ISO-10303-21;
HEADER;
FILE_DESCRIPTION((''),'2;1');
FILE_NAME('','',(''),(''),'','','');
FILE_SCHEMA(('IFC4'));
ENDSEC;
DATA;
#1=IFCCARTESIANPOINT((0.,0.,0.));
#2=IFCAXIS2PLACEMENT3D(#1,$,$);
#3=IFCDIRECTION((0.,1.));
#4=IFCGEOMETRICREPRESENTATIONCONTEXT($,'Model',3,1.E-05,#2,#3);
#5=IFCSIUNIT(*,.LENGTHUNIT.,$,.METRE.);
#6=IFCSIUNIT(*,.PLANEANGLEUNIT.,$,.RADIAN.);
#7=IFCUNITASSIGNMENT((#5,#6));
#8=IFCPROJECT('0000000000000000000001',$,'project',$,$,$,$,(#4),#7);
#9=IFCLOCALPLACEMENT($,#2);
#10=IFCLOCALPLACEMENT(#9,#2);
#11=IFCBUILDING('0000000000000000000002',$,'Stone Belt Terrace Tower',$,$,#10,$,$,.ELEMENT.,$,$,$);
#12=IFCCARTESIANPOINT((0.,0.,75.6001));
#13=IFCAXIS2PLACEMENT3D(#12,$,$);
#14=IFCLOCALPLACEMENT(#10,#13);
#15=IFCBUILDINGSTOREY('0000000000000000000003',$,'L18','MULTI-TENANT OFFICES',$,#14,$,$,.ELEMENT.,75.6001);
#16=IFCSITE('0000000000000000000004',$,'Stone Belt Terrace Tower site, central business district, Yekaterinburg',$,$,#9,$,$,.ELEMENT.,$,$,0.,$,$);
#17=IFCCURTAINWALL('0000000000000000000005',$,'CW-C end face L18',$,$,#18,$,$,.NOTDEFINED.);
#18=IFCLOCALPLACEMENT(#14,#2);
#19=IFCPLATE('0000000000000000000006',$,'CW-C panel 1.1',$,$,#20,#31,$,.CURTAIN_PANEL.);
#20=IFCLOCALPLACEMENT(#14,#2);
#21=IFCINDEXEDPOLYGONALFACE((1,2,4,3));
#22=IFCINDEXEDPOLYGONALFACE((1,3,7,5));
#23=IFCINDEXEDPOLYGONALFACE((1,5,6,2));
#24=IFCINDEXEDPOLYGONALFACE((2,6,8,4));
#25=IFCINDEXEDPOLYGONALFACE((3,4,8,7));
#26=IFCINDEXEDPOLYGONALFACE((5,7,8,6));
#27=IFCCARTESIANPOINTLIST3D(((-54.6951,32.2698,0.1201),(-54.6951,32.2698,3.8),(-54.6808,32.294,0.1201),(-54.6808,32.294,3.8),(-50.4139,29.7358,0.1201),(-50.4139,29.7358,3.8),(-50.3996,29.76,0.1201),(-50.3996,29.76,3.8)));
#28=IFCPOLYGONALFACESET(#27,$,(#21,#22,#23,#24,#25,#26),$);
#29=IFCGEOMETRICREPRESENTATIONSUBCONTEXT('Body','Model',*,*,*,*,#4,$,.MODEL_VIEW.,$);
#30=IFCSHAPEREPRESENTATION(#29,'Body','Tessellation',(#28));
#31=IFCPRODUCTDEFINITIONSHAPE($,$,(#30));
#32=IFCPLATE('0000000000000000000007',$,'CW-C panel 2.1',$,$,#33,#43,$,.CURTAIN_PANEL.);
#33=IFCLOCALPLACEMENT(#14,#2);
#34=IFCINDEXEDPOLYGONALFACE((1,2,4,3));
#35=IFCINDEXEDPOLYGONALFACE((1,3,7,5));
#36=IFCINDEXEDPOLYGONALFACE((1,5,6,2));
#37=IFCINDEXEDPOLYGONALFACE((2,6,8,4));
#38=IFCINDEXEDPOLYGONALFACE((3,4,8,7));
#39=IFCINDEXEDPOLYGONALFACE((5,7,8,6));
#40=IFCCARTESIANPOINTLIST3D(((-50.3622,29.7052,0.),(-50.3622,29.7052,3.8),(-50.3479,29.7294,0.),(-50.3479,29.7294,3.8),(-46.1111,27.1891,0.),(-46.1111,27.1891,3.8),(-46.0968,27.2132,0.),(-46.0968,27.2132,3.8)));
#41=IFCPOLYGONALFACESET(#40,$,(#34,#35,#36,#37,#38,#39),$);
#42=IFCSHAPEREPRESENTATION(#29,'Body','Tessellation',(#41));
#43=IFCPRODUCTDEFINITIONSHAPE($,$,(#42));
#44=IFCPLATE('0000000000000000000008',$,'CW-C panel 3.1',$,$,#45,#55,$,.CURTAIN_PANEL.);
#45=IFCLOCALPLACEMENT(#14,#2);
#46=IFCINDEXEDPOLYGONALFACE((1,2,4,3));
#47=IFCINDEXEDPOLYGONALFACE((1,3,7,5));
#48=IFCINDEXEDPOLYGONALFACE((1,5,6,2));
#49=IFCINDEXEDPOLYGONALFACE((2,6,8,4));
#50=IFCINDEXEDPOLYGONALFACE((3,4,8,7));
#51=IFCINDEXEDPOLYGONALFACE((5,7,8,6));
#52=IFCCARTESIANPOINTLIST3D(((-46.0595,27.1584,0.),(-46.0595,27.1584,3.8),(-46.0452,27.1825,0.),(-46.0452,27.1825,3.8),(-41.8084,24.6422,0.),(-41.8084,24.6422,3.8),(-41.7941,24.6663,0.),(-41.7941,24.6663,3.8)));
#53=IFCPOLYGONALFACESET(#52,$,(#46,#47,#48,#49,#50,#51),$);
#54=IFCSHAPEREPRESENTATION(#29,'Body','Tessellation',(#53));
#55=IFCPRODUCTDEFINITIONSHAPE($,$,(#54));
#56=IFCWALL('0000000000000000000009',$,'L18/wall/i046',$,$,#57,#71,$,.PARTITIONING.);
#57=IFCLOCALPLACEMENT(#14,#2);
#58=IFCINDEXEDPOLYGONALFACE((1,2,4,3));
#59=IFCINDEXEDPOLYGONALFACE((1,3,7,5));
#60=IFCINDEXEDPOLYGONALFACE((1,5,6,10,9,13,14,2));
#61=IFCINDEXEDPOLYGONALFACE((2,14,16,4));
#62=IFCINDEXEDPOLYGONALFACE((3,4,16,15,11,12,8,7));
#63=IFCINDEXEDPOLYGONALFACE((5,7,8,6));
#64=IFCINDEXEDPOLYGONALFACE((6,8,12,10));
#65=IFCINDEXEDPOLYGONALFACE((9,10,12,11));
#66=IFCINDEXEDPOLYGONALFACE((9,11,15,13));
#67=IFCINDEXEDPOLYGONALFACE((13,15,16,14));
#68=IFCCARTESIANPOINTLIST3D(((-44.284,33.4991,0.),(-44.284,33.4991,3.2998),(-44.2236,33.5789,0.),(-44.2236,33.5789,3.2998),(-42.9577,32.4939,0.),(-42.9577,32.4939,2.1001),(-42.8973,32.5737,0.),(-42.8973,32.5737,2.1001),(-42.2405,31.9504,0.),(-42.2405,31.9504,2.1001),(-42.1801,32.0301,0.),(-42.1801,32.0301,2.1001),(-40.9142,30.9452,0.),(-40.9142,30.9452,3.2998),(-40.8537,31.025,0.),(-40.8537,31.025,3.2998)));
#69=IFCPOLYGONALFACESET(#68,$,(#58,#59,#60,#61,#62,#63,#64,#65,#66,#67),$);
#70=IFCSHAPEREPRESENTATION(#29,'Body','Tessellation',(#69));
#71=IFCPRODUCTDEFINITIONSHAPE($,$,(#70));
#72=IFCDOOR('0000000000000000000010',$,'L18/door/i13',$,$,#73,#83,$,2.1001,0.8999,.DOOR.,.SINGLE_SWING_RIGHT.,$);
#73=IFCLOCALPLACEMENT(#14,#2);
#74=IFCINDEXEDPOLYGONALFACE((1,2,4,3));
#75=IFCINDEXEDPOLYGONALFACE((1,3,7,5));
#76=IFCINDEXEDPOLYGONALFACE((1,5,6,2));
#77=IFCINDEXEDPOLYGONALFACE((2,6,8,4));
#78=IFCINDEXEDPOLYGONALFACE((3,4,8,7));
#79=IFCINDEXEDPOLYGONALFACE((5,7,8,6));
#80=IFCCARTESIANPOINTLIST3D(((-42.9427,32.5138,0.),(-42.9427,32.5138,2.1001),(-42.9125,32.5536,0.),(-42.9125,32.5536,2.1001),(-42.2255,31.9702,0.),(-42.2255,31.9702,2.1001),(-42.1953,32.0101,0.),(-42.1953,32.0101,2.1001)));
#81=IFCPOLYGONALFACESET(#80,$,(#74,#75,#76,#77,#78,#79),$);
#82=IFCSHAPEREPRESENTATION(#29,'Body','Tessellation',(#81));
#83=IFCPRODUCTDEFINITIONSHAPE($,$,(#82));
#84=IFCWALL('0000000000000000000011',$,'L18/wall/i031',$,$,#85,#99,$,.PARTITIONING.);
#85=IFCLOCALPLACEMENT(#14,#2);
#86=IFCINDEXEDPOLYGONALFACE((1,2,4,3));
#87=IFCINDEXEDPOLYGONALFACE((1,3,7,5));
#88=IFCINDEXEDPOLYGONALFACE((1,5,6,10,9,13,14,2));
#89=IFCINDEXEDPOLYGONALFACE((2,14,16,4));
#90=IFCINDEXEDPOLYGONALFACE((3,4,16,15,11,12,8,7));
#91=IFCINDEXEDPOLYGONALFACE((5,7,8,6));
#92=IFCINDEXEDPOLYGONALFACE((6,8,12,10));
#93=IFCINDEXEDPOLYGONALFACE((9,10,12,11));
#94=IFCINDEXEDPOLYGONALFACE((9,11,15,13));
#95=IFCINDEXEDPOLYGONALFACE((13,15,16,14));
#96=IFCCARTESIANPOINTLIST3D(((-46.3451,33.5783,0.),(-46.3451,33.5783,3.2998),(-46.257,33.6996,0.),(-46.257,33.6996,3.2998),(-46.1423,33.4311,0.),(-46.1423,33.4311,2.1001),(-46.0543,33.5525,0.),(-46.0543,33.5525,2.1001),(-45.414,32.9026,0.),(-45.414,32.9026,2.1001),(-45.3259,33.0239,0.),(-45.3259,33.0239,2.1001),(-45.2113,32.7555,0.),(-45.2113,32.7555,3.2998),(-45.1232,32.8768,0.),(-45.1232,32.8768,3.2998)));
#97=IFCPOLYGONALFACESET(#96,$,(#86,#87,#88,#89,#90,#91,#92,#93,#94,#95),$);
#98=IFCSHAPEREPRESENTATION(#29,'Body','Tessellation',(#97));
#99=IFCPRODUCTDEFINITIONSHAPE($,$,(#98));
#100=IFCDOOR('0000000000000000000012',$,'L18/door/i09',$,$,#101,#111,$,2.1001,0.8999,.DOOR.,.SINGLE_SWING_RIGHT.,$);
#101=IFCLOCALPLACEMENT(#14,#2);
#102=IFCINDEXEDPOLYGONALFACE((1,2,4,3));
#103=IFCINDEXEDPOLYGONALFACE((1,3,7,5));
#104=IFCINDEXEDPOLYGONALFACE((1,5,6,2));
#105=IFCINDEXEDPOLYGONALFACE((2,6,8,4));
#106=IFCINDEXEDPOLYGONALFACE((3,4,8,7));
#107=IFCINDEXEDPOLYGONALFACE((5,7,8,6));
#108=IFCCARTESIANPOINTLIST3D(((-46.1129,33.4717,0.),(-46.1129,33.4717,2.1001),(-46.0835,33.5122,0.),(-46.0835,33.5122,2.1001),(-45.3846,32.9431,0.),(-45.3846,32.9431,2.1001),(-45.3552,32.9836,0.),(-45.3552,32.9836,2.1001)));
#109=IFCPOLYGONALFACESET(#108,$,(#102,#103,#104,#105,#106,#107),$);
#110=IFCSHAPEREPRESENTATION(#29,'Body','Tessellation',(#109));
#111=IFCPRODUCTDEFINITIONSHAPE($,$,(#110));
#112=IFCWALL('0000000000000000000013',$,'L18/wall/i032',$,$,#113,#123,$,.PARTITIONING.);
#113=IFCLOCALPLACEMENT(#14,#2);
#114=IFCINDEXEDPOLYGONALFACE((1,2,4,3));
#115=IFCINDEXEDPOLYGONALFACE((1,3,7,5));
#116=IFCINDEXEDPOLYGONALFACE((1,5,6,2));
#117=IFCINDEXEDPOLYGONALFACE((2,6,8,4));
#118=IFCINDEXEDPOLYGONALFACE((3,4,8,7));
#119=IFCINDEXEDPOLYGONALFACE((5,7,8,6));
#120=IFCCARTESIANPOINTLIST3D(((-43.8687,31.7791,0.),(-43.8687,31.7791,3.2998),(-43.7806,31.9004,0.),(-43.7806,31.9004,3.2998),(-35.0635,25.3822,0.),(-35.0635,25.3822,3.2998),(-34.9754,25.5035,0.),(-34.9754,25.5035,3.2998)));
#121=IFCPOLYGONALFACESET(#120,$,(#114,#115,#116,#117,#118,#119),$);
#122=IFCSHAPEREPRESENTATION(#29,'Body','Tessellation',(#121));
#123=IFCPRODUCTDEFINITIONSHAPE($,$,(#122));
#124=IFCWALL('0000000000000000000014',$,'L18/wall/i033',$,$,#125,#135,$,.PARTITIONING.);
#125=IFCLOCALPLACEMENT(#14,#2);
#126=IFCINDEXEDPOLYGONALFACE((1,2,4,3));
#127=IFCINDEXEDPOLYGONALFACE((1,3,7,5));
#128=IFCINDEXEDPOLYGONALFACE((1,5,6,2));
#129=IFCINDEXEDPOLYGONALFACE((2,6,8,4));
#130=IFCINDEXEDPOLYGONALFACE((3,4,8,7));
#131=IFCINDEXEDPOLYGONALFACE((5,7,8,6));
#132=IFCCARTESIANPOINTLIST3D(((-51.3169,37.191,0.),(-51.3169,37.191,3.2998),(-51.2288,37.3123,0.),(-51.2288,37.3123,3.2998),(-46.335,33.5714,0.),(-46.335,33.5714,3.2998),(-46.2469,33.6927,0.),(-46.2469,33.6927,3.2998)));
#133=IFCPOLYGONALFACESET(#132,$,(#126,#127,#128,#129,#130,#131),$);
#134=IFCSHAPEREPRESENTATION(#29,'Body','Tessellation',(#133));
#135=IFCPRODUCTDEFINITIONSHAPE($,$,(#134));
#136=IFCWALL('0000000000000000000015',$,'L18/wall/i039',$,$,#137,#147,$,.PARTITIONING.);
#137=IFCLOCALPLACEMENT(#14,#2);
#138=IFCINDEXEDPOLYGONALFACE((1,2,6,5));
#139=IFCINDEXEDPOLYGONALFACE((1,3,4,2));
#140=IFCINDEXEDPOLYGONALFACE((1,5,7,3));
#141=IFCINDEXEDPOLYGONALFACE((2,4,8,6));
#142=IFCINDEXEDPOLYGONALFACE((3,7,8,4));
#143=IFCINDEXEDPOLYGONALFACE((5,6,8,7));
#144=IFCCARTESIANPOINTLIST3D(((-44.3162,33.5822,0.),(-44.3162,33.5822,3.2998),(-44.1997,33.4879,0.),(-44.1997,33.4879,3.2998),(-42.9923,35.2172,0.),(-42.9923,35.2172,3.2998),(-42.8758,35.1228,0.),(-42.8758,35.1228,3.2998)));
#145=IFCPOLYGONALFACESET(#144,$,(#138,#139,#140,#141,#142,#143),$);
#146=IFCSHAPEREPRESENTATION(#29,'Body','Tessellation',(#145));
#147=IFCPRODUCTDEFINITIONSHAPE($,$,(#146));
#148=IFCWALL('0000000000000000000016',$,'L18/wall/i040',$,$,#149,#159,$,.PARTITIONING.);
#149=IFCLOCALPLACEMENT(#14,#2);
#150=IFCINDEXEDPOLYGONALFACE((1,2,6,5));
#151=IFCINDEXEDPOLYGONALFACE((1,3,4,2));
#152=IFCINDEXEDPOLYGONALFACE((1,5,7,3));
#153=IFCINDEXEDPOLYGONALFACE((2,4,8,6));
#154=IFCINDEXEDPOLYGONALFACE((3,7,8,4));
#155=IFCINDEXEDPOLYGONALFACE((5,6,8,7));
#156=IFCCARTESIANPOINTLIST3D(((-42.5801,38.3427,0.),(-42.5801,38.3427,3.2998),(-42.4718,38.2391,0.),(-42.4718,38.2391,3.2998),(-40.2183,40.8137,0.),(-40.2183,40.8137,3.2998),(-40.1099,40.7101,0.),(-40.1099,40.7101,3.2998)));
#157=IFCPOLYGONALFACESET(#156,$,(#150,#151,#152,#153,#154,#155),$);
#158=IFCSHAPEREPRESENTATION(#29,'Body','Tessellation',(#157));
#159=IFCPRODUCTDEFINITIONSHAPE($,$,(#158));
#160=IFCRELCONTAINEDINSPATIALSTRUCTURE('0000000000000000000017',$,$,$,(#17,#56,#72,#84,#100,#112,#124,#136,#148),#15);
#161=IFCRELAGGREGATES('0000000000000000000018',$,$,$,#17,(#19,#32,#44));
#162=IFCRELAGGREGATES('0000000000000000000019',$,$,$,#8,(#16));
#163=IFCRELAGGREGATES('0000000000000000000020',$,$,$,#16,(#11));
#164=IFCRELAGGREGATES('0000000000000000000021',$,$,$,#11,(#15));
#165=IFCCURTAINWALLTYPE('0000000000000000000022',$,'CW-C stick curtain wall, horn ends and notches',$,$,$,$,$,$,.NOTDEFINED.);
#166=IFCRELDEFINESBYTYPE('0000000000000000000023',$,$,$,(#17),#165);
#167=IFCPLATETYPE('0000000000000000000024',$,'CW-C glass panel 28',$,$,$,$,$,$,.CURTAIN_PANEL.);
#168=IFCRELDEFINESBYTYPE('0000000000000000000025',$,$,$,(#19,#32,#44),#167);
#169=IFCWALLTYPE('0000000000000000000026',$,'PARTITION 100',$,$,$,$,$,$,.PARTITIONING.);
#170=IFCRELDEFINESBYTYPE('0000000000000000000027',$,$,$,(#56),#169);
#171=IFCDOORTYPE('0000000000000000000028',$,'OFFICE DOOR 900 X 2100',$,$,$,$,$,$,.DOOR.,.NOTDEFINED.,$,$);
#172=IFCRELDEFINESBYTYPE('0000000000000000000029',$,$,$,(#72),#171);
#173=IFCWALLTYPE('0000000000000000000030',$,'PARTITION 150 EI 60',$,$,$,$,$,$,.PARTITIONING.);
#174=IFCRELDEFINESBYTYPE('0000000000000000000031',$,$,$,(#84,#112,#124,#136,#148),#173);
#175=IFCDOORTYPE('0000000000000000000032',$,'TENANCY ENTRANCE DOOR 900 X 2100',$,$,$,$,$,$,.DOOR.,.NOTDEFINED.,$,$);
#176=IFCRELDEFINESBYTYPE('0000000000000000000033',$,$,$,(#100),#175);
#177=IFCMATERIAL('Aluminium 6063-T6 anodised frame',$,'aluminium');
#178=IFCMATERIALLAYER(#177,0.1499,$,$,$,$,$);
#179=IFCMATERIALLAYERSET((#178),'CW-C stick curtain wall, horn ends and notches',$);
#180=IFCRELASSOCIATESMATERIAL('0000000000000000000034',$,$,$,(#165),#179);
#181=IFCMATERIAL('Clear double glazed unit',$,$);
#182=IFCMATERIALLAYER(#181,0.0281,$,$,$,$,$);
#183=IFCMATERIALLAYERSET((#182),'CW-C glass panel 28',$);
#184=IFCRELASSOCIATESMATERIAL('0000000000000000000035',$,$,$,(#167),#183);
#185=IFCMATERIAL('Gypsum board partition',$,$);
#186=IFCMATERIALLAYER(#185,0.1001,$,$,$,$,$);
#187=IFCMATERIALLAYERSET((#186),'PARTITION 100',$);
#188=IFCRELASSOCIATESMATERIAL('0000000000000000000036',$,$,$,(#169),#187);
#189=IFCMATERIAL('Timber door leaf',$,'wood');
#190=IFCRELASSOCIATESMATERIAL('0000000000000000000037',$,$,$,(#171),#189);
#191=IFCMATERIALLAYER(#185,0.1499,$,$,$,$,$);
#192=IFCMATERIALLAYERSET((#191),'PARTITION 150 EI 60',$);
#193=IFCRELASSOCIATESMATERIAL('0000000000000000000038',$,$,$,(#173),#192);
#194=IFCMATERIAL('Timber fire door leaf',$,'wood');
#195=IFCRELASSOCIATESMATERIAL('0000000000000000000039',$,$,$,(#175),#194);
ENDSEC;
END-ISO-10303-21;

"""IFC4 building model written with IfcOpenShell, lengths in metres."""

from ifc_helpers import new_model, si_unit, direction, frame, frame_2d, origin, origin_2d, place, context, subcontext, project, spatial, rectangle, extrude, material, layer, layer_set, type_object, element, fill, aggregate, save


model = new_model("IFC4")

# Units and contexts
model_context = context("Model", 3, precision=1e-05, world=origin(), true_north=direction((0.0, 1.0)))
body_context = subcontext(model_context, "Body", "Model", "MODEL_VIEW")
ifc_project = project(units=[si_unit("LENGTHUNIT", "METRE"), si_unit("PLANEANGLEUNIT", "RADIAN")], contexts=[model_context])

# Site, building, storey
site_placement = place(None, origin())
site = spatial("IfcSite", under=ifc_project, at=site_placement, Name="Stone Belt Terrace Tower site, central business district, Yekaterinburg", CompositionType="ELEMENT", RefElevation=0.0)
building_placement = place(site_placement, origin())
building = spatial("IfcBuilding", under=site, at=building_placement, Name="Stone Belt Terrace Tower", CompositionType="ELEMENT")
storey_placement = place(building_placement, frame((0.0, 0.0, 75.6001)))
storey = spatial("IfcBuildingStorey", under=building, at=storey_placement, Name="L18", Description="MULTI-TENANT OFFICES", CompositionType="ELEMENT", Elevation=75.6001)

# Curtain wall
ifc_material_1 = material(Name="Aluminium 6063-T6 anodised frame", Category="aluminium")
ifc_layer_1 = layer(ifc_material_1, 0.1499)
ifc_layer_set_1 = layer_set([ifc_layer_1], Name="CW-C stick curtain wall, horn ends and notches")
curtain_wall_type = type_object("IfcCurtainWallType", Name="CW-C stick curtain wall, horn ends and notches", PredefinedType="NOTDEFINED", material=ifc_layer_set_1)
curtain_wall_1_placement = place(storey_placement, origin())
curtain_wall_1 = element("IfcCurtainWall", 1, at=curtain_wall_1_placement, inside=storey, type_object=curtain_wall_type, Name="CW-C end face L18", PredefinedType="NOTDEFINED")

# Shared definitions
ifc_material_2 = material(Name="Clear double glazed unit")
ifc_layer_2 = layer(ifc_material_2, 0.0281)
ifc_layer_set_2 = layer_set([ifc_layer_2], Name="CW-C glass panel 28")
plate_type = type_object("IfcPlateType", Name="CW-C glass panel 28", PredefinedType="CURTAIN_PANEL", material=ifc_layer_set_2)

# Plates
plate_1_placement = place(storey_placement, frame((-52.5474, 31.0149, 0.1201), z_axis=(0.0, 0.0, 1.0), x_axis=(0.860558, -0.509353, 0.0)))
plate_1 = element("IfcPlate", 2, at=plate_1_placement, type_object=plate_type, Name="CW-C panel 1.1", PredefinedType="CURTAIN_PANEL", context=body_context, shape_type="SweptSolid", body=[
    extrude(rectangle(XDim=4.9749, YDim=0.0281, at=origin_2d()), origin(), (0.0, 0.0, 1.0), 3.6799),
])
plate_2_placement = place(storey_placement, frame((-48.2295, 28.4592, 0.0), z_axis=(0.0, 0.0, 1.0), x_axis=(0.860558, -0.509353, 0.0)))
plate_2 = element("IfcPlate", 3, at=plate_2_placement, type_object=plate_type, Name="CW-C panel 2.1", PredefinedType="CURTAIN_PANEL", context=body_context, shape_type="SweptSolid", body=[
    extrude(rectangle(XDim=4.9399, YDim=0.0281, at=origin_2d()), origin(), (0.0, 0.0, 1.0), 3.8),
])
plate_3_placement = place(storey_placement, frame((-43.9268, 25.9124, 0.0), z_axis=(0.0, 0.0, 1.0), x_axis=(0.860558, -0.509353, 0.0)))
plate_3 = element("IfcPlate", 4, at=plate_3_placement, type_object=plate_type, Name="CW-C panel 3.1", PredefinedType="CURTAIN_PANEL", context=body_context, shape_type="SweptSolid", body=[
    extrude(rectangle(XDim=4.9399, YDim=0.0281, at=origin_2d()), origin(), (0.0, 0.0, 1.0), 3.8),
])
aggregate(curtain_wall_1, [plate_1, plate_2, plate_3])

# Walls, openings, doors
ifc_material_3 = material(Name="Gypsum board partition")
ifc_layer_3 = layer(ifc_material_3, 0.1001)
ifc_layer_set_3 = layer_set([ifc_layer_3], Name="PARTITION 100")
wall_type_1 = type_object("IfcWallType", Name="PARTITION 100", PredefinedType="PARTITIONING", material=ifc_layer_set_3)
wall_1_placement = place(storey_placement, frame((-44.2539, 33.5391, 0.0), z_axis=(0.0, 0.0, 1.0), x_axis=(0.796976, -0.604011, 0.0)))
wall_1 = element("IfcWall", 5, at=wall_1_placement, inside=storey, type_object=wall_type_1, Name="L18/wall/i046", PredefinedType="PARTITIONING", context=body_context, shape_type="SweptSolid", body=[
    extrude(rectangle(XDim=4.2283, YDim=0.1001, at=frame_2d((2.1143, 0.0))), origin(), (0.0, 0.0, 1.0), 3.2998),
])
opening_1_placement = place(wall_1_placement, frame((1.6643, 0.0, 0.0)))
opening_1 = element("IfcOpeningElement", 6, at=opening_1_placement, cuts=wall_1, PredefinedType="OPENING", context=body_context, shape_type="SweptSolid", body=[
    extrude(rectangle(XDim=0.8999, YDim=2.1001, at=frame_2d((0.45, 1.05))), frame((0.0, 0.0601, 0.0), z_axis=(0.0, -1.0, 0.0), x_axis=(1.0, 0.0, 0.0)), (0.0, 0.0, 1.0), 0.1201),
])
ifc_material_4 = material(Name="Timber door leaf", Category="wood")
door_type_1 = type_object("IfcDoorType", Name="OFFICE DOOR 900 X 2100", OperationType="NOTDEFINED", PredefinedType="DOOR", material=ifc_material_4)
door_1_placement = place(opening_1_placement, origin())
door_1 = element("IfcDoor", 7, at=door_1_placement, inside=storey, type_object=door_type_1, Name="L18/door/i13", OperationType="SINGLE_SWING_RIGHT", OverallHeight=2.1001, OverallWidth=0.8999, PredefinedType="DOOR", context=body_context, shape_type="SweptSolid", body=[
    extrude(rectangle(XDim=0.8999, YDim=2.1001, at=frame_2d((0.45, 1.05))), frame((0.0, 0.0249, 0.0), z_axis=(0.0, -1.0, 0.0), x_axis=(1.0, 0.0, 0.0)), (0.0, 0.0, 1.0), 0.05),
])
fill(opening_1, door_1)
ifc_layer_4 = layer(ifc_material_3, 0.1499)
ifc_layer_set_4 = layer_set([ifc_layer_4], Name="PARTITION 150 EI 60")
wall_type_2 = type_object("IfcWallType", Name="PARTITION 150 EI 60", PredefinedType="PARTITIONING", material=ifc_layer_set_4)
wall_2_placement = place(storey_placement, frame((-45.1672, 32.8162, 0.0), z_axis=(0.0, 0.0, 1.0), x_axis=(-0.809354, 0.587322, 0.0)))
wall_2 = element("IfcWall", 8, at=wall_2_placement, inside=storey, type_object=wall_type_2, Name="L18/wall/i031", PredefinedType="PARTITIONING", context=body_context, shape_type="SweptSolid", body=[
    extrude(rectangle(XDim=1.4009, YDim=0.1499, at=frame_2d((0.7004, 0.0))), origin(), (0.0, 0.0, 1.0), 3.2998),
])
opening_2_placement = place(wall_2_placement, frame((0.2505, 0.0, 0.0)))
opening_2 = element("IfcOpeningElement", 9, at=opening_2_placement, cuts=wall_2, PredefinedType="OPENING", context=body_context, shape_type="SweptSolid", body=[
    extrude(rectangle(XDim=0.8999, YDim=2.1001, at=frame_2d((0.45, 1.05))), frame((0.0, 0.085, 0.0), z_axis=(0.0, -1.0, 0.0), x_axis=(1.0, 0.0, 0.0)), (0.0, 0.0, 1.0), 0.1699),
])
ifc_material_5 = material(Name="Timber fire door leaf", Category="wood")
door_type_2 = type_object("IfcDoorType", Name="TENANCY ENTRANCE DOOR 900 X 2100", OperationType="NOTDEFINED", PredefinedType="DOOR", material=ifc_material_5)
door_2_placement = place(opening_2_placement, origin())
door_2 = element("IfcDoor", 10, at=door_2_placement, inside=storey, type_object=door_type_2, Name="L18/door/i09", OperationType="SINGLE_SWING_RIGHT", OverallHeight=2.1001, OverallWidth=0.8999, PredefinedType="DOOR", context=body_context, shape_type="SweptSolid", body=[
    extrude(rectangle(XDim=0.8999, YDim=2.1001, at=frame_2d((0.45, 1.05))), frame((0.0, 0.0249, 0.0), z_axis=(0.0, -1.0, 0.0), x_axis=(1.0, 0.0, 0.0)), (0.0, 0.0, 1.0), 0.05),
])
fill(opening_2, door_2)

# Walls
wall_3_placement = place(storey_placement, frame((-43.8247, 31.8398, 0.0), z_axis=(0.0, 0.0, 1.0), x_axis=(0.809033, -0.587763, 0.0)))
element("IfcWall", 11, at=wall_3_placement, inside=storey, type_object=wall_type_2, Name="L18/wall/i032", PredefinedType="PARTITIONING", context=body_context, shape_type="SweptSolid", body=[
    extrude(rectangle(XDim=10.8835, YDim=0.1499, at=frame_2d((5.4419, 0.0))), origin(), (0.0, 0.0, 1.0), 3.2998),
])
wall_4_placement = place(storey_placement, frame((-51.2729, 37.2517, 0.0), z_axis=(0.0, 0.0, 1.0), x_axis=(0.809014, -0.58779, 0.0)))
element("IfcWall", 12, at=wall_4_placement, inside=storey, type_object=wall_type_2, Name="L18/wall/i033", PredefinedType="PARTITIONING", context=body_context, shape_type="SweptSolid", body=[
    extrude(rectangle(XDim=6.158, YDim=0.1499, at=frame_2d((3.0791, 0.0))), origin(), (0.0, 0.0, 1.0), 3.2998),
])
wall_5_placement = place(storey_placement, frame((-42.9341, 35.1699, 0.0), z_axis=(0.0, 0.0, 1.0), x_axis=(-0.629312, -0.777153, 0.0)))
element("IfcWall", 13, at=wall_5_placement, inside=storey, type_object=wall_type_2, Name="L18/wall/i039", PredefinedType="PARTITIONING", context=body_context, shape_type="SweptSolid", body=[
    extrude(rectangle(XDim=2.1038, YDim=0.1499, at=frame_2d((1.0518, 0.0))), origin(), (0.0, 0.0, 1.0), 3.2998),
])
wall_6_placement = place(storey_placement, frame((-42.5259, 38.291, 0.0), z_axis=(0.0, 0.0, 1.0), x_axis=(0.690963, 0.72289, 0.0)))
element("IfcWall", 14, at=wall_6_placement, inside=storey, type_object=wall_type_2, Name="L18/wall/i040", PredefinedType="PARTITIONING", context=body_context, shape_type="SweptSolid", body=[
    extrude(rectangle(XDim=3.4182, YDim=0.1499, at=frame_2d((1.709, 0.0))), origin(), (0.0, 0.0, 1.0), 3.2998),
])

save(model, "model.ifc")
